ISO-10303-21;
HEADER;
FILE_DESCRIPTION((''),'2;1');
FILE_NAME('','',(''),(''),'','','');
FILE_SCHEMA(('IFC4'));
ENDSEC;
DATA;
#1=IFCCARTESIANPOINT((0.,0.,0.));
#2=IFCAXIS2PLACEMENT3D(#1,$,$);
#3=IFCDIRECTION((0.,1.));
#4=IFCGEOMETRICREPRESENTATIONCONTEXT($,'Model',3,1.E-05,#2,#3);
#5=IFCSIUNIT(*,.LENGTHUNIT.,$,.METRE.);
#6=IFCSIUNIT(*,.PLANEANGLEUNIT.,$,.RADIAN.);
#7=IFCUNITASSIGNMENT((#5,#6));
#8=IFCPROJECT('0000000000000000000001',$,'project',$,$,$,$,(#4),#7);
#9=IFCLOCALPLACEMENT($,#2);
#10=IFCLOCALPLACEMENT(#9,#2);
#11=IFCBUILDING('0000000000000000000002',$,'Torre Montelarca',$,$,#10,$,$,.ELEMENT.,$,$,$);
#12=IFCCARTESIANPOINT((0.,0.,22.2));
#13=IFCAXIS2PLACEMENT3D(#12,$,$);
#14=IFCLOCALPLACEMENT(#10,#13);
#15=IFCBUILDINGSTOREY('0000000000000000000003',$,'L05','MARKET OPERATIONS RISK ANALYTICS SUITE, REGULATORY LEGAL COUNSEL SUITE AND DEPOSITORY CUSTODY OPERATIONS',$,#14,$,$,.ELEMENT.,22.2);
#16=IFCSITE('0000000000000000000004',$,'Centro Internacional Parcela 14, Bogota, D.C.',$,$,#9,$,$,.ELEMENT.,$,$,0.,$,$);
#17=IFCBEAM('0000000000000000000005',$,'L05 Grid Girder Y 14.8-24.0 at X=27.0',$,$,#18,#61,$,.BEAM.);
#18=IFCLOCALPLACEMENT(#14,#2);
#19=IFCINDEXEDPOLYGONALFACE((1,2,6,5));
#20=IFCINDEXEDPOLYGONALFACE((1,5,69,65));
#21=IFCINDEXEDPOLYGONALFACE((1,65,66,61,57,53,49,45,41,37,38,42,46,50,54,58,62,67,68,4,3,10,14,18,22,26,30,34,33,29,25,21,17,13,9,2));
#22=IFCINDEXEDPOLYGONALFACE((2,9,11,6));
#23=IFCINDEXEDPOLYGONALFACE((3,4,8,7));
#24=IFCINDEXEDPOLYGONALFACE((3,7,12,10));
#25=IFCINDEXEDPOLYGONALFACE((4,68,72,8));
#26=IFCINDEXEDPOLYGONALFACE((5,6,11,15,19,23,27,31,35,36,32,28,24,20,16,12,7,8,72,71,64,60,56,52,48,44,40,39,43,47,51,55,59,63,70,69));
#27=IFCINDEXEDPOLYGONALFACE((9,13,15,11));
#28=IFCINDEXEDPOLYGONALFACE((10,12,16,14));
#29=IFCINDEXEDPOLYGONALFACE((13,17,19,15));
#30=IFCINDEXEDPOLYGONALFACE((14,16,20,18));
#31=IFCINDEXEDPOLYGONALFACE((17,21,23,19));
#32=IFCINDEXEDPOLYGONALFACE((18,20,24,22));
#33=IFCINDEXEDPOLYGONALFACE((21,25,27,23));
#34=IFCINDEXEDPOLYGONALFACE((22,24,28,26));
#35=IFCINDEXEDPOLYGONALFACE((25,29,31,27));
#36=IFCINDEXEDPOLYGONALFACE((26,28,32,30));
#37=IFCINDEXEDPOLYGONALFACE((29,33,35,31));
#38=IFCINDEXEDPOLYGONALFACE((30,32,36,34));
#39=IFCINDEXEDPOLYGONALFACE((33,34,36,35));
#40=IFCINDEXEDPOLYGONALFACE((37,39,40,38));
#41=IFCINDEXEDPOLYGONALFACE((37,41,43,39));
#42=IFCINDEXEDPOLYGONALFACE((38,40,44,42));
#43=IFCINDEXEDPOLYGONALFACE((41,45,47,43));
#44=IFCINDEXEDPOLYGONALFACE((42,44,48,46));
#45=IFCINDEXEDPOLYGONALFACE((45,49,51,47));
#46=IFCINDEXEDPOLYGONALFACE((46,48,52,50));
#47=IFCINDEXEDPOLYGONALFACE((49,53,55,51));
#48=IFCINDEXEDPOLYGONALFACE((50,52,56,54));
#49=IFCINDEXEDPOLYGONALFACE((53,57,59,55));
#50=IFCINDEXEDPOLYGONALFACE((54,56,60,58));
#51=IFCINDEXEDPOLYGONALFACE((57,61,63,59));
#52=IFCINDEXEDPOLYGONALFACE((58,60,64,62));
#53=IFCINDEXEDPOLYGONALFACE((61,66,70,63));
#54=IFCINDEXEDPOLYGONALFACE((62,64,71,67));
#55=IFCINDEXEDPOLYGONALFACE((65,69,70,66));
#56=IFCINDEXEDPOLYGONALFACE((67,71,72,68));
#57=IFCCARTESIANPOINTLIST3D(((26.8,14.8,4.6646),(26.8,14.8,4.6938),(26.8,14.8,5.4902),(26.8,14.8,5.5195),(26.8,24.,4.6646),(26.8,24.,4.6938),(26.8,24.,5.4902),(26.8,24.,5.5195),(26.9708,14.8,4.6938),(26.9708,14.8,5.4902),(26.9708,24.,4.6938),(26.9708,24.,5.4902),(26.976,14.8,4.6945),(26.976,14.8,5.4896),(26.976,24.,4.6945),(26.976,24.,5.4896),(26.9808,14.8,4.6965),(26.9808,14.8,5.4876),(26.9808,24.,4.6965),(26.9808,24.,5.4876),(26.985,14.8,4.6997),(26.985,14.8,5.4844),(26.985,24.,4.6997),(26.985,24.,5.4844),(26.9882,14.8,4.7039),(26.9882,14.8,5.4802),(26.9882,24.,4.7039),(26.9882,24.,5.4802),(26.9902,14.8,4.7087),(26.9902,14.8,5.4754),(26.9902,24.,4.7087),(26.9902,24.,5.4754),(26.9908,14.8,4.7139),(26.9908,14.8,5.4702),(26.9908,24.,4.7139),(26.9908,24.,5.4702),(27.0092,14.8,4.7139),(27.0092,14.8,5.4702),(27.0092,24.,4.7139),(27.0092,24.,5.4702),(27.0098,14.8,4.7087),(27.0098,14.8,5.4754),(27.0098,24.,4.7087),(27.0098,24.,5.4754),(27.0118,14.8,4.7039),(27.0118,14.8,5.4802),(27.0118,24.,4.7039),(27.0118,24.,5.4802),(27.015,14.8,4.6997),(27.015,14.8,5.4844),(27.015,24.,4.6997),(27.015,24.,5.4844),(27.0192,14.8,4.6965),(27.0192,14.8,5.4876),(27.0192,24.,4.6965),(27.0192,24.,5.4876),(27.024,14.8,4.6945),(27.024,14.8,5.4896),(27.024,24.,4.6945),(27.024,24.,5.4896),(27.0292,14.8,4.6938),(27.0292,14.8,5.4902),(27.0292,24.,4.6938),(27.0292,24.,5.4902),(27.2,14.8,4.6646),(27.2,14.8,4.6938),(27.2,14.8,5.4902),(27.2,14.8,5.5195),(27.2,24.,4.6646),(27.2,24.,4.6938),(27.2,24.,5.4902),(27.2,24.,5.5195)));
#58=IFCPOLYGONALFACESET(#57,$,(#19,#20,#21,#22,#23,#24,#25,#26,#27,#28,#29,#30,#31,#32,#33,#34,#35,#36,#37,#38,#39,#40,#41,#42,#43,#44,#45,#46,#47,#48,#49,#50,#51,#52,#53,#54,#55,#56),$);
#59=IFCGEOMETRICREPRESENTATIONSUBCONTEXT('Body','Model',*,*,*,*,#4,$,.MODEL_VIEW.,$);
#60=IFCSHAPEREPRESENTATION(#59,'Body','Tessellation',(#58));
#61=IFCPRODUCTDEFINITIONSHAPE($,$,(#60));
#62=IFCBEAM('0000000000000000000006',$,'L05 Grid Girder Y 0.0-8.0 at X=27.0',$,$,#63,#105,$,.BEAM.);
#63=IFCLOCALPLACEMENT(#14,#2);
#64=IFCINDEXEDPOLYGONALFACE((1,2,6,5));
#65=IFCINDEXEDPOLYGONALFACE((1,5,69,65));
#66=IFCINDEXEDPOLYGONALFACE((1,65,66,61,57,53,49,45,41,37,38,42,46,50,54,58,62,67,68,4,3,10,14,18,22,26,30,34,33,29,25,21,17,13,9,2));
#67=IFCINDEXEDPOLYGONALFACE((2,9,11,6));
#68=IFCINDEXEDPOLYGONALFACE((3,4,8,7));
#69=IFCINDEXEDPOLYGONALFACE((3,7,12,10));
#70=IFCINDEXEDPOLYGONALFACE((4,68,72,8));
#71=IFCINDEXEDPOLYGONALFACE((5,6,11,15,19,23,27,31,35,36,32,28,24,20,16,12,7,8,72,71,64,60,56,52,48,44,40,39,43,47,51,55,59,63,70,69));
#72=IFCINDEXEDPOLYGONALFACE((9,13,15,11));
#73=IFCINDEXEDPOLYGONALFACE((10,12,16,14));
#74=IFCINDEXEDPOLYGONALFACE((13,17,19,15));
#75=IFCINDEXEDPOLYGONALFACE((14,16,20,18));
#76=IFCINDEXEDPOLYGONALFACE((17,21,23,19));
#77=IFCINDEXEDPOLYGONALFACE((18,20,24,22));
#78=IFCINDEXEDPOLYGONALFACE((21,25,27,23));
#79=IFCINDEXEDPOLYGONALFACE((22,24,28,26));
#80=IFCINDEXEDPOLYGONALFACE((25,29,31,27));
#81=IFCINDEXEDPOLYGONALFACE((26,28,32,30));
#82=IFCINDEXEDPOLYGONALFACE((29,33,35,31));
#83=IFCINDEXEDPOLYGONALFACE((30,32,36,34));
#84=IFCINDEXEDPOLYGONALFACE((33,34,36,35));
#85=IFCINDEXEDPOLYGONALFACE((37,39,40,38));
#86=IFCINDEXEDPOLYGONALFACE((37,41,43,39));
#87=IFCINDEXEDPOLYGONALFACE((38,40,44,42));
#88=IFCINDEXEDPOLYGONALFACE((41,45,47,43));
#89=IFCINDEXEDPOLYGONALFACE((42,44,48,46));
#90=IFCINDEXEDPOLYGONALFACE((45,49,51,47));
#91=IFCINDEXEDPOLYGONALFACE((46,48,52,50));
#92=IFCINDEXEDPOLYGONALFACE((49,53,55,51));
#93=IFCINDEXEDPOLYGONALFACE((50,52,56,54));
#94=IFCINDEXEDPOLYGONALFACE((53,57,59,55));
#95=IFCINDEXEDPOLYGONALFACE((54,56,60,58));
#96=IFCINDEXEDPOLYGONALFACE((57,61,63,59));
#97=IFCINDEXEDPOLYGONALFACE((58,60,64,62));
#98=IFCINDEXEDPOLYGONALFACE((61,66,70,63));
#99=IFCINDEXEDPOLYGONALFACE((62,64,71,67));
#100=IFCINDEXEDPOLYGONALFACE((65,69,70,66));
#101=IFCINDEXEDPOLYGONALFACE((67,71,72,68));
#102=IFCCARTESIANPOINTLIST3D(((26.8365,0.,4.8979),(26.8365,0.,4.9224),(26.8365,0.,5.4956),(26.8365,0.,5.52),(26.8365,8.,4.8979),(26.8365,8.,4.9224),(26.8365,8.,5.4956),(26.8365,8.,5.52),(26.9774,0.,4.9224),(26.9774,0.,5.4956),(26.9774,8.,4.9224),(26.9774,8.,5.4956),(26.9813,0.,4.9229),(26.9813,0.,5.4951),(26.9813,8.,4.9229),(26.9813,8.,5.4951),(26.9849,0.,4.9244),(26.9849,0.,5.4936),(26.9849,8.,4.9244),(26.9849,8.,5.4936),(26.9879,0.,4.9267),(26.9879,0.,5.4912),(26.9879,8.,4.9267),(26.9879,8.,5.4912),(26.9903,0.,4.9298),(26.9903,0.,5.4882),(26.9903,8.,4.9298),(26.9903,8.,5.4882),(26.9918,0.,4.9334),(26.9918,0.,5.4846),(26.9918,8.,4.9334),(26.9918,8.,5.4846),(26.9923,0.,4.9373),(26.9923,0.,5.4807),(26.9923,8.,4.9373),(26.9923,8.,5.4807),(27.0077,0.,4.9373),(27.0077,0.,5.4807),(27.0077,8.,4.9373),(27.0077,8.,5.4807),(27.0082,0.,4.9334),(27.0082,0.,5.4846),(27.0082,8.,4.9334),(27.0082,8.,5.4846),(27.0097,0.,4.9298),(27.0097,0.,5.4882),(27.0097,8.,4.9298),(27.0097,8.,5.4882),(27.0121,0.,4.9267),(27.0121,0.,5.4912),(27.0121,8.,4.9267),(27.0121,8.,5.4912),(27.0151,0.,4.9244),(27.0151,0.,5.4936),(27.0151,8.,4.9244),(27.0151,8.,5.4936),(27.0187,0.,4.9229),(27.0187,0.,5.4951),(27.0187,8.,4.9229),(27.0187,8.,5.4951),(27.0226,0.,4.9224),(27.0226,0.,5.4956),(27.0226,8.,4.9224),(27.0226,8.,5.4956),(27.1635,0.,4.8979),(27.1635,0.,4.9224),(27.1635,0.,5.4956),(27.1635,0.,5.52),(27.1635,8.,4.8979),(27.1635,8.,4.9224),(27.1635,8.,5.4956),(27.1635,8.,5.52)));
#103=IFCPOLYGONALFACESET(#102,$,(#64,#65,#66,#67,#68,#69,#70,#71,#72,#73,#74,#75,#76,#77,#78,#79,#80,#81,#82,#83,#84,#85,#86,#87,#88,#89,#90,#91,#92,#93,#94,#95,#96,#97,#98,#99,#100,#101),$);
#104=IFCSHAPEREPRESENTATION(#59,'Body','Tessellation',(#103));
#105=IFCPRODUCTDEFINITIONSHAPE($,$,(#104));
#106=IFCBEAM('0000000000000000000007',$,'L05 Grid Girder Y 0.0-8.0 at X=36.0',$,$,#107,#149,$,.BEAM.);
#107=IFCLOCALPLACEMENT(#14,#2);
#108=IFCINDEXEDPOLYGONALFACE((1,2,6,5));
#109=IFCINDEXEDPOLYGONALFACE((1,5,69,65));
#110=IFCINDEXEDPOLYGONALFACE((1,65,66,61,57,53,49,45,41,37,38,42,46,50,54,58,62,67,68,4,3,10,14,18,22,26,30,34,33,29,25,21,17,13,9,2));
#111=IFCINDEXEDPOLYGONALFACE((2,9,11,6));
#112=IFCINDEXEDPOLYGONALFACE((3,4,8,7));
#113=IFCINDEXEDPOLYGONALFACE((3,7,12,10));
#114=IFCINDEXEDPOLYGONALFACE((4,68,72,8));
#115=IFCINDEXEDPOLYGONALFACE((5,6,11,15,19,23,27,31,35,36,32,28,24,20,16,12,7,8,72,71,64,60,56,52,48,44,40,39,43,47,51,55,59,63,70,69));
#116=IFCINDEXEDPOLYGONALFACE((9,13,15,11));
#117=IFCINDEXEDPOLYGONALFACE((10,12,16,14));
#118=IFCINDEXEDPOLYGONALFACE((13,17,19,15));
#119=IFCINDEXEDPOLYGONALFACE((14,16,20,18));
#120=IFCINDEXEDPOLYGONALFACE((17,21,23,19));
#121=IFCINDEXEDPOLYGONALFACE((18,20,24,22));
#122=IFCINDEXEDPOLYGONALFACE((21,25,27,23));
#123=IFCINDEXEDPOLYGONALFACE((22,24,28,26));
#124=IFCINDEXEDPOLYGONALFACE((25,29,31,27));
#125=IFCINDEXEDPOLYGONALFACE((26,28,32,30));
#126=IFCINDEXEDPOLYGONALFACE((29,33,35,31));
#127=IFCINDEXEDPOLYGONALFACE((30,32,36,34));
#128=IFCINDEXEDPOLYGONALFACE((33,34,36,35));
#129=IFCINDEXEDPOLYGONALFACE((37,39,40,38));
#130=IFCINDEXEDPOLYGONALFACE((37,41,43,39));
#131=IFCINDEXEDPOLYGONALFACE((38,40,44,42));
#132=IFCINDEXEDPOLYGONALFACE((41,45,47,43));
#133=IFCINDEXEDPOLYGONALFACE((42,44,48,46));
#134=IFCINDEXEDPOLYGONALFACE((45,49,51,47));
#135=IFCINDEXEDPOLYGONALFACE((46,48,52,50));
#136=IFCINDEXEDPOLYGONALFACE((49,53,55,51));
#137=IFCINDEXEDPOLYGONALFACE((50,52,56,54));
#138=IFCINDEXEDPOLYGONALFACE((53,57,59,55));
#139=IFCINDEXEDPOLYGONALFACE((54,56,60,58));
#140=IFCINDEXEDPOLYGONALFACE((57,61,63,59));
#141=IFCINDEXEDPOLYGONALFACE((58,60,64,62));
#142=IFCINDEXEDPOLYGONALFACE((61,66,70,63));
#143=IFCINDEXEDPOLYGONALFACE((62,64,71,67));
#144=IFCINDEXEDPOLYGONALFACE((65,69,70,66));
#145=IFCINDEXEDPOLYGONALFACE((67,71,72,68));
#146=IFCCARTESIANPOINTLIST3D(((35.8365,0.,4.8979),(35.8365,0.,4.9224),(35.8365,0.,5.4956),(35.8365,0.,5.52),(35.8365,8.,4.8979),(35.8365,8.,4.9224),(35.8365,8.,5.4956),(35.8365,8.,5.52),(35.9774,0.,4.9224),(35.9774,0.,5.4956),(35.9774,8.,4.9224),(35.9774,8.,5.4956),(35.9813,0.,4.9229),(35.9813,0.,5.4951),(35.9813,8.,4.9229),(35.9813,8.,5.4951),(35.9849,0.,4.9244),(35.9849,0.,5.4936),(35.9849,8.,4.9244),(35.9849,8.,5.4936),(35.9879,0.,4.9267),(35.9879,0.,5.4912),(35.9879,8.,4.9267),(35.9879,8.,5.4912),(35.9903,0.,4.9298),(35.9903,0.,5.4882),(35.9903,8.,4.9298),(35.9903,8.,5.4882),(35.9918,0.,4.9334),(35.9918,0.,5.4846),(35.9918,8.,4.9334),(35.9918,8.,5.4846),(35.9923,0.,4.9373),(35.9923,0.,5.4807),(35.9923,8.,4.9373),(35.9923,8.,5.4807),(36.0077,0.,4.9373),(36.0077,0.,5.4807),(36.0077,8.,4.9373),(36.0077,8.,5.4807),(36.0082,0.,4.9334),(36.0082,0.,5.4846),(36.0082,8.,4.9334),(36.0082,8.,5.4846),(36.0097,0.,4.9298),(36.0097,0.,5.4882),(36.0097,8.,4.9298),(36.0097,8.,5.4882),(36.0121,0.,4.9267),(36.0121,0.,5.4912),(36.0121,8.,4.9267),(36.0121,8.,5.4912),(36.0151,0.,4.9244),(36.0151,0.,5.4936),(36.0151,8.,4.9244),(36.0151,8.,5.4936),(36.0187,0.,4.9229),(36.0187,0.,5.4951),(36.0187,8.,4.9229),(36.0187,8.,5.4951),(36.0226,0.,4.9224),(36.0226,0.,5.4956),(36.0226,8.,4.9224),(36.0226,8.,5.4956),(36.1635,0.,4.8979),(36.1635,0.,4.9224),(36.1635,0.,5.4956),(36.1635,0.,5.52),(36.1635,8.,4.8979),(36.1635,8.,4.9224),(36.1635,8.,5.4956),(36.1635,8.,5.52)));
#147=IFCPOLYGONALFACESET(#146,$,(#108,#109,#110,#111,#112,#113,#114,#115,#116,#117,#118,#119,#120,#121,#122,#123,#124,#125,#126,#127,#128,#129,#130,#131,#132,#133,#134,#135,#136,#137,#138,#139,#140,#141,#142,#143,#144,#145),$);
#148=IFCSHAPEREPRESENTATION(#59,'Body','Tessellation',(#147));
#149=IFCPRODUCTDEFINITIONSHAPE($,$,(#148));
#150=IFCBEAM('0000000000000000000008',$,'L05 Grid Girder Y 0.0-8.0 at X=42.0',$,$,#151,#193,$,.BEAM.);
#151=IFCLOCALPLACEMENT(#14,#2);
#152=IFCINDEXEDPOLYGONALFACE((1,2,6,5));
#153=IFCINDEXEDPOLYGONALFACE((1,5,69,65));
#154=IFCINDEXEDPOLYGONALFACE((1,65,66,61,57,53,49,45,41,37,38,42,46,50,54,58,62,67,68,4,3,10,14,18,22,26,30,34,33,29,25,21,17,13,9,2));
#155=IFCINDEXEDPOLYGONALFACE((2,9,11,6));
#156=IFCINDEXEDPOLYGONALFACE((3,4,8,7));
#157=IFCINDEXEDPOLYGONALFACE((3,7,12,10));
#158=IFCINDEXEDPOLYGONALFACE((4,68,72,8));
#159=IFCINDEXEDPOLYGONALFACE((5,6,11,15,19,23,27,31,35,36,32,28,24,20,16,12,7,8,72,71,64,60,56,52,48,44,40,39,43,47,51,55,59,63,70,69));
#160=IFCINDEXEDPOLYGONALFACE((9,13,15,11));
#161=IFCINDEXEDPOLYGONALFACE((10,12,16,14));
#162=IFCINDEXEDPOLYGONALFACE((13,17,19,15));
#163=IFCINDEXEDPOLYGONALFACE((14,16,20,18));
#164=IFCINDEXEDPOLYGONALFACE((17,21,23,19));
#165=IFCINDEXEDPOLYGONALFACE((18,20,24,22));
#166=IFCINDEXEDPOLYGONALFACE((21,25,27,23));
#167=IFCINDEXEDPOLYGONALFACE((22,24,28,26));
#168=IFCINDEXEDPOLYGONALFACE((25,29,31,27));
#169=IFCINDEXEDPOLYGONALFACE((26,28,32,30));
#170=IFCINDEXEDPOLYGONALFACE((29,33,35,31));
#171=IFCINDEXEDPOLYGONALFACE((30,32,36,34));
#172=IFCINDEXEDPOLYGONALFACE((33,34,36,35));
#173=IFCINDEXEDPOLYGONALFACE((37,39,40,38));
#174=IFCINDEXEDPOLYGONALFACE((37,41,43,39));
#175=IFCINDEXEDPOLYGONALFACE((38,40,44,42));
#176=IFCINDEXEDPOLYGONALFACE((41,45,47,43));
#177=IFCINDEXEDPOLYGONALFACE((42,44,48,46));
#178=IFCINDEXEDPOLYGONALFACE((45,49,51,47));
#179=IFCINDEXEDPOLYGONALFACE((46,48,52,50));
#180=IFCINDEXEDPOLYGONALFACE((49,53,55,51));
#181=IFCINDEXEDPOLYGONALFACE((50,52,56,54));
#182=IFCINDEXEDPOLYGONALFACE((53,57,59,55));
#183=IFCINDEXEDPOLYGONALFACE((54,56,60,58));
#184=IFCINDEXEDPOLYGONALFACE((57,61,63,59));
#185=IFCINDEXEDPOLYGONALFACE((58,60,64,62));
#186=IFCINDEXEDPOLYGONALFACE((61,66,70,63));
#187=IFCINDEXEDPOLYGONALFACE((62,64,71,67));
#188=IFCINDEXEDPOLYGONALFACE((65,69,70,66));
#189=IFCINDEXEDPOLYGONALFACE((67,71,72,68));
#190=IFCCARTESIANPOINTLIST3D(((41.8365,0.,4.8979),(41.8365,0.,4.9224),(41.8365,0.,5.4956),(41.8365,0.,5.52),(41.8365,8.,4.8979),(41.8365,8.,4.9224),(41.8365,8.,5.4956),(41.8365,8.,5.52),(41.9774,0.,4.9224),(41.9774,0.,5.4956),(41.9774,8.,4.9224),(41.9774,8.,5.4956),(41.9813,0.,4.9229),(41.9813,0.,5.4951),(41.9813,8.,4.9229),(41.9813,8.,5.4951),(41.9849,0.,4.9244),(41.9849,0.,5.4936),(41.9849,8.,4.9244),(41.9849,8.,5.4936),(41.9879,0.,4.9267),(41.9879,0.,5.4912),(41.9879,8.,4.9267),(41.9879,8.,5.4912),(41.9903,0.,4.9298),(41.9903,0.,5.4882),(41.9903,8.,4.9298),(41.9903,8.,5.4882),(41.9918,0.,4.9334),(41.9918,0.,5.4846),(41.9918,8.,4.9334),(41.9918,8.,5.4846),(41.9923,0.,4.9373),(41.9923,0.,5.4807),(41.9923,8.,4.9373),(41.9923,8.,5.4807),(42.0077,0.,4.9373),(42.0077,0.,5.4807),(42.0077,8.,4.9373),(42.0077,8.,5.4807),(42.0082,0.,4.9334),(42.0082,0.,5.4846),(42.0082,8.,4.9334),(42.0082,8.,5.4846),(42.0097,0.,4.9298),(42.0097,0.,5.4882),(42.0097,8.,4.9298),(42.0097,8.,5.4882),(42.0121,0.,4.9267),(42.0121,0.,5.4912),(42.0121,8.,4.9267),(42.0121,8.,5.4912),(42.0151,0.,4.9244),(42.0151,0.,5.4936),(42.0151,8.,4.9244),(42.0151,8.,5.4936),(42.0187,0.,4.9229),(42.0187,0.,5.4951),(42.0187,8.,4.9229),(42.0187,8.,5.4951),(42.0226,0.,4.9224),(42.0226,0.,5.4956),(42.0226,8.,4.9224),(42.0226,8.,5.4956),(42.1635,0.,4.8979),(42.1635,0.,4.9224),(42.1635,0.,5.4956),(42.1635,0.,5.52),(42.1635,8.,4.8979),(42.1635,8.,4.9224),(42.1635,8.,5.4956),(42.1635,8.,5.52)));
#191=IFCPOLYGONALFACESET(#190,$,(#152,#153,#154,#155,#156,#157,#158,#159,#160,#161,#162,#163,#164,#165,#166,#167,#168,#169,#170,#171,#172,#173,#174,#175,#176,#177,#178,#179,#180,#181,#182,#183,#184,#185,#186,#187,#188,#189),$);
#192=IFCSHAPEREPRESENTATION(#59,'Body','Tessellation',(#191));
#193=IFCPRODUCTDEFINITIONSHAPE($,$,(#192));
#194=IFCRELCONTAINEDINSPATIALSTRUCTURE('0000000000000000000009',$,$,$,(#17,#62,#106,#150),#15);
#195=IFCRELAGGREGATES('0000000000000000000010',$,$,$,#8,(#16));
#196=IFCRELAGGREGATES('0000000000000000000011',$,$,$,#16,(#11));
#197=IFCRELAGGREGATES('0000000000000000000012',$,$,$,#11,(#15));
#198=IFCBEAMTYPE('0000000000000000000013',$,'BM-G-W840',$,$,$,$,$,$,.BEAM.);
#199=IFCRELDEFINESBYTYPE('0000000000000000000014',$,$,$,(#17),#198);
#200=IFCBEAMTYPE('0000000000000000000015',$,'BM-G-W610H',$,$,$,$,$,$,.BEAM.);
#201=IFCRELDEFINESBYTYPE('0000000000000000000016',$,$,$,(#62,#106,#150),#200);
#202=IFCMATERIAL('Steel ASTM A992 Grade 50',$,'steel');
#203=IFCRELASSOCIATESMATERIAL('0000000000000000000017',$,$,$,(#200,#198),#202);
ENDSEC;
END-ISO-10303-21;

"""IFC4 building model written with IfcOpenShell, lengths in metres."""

from ifc_helpers import new_model, si_unit, direction, frame, origin, origin_2d, place, context, subcontext, project, spatial, i_section, extrude, source, transform, mapped, material, material_profile, profile_set, type_object, element, save


model = new_model("IFC4")

# Units and contexts
model_context = context("Model", 3, precision=1e-05, world=origin(), true_north=direction((0.0, 1.0)))
body_context = subcontext(model_context, "Body", "Model", "MODEL_VIEW")
ifc_project = project(units=[si_unit("LENGTHUNIT", "METRE"), si_unit("PLANEANGLEUNIT", "RADIAN")], contexts=[model_context])

# Site, building, storey
site_placement = place(None, origin())
site = spatial("IfcSite", under=ifc_project, at=site_placement, Name="Centro Internacional Parcela 14, Bogota, D.C.", CompositionType="ELEMENT", RefElevation=0.0)
building_placement = place(site_placement, origin())
building = spatial("IfcBuilding", under=site, at=building_placement, Name="Torre Montelarca", CompositionType="ELEMENT")
storey_placement = place(building_placement, frame((0.0, 0.0, 22.2)))
storey = spatial("IfcBuildingStorey", under=building, at=storey_placement, Name="L05", Description="MARKET OPERATIONS RISK ANALYTICS SUITE, REGULATORY LEGAL COUNSEL SUITE AND DEPOSITORY CUSTODY OPERATIONS", CompositionType="ELEMENT", Elevation=22.2)

# Beams
ifc_material_1 = material(Name="Steel ASTM A992 Grade 50", Category="steel")
ifc_material_profile_1 = material_profile(ifc_material_1, i_section(OverallWidth=0.3269, OverallDepth=0.6221, WebThickness=0.0154, FlangeThickness=0.0244, FilletRadius=0.0149, at=origin_2d()), Name="W610X195", Category="steel")
ifc_profile_set_1 = profile_set([ifc_material_profile_1], Name="Steel ASTM A992 Grade 50")
beam_type_1 = type_object("IfcBeamType", Name="BM-G-W610H", PredefinedType="BEAM", material=ifc_profile_set_1)
ifc_material_profile_2 = material_profile(ifc_material_1, i_section(OverallWidth=0.3999, OverallDepth=0.855, WebThickness=0.0183, FlangeThickness=0.0293, FilletRadius=0.02, at=origin_2d()), Name="W840X299", Category="steel")
ifc_profile_set_2 = profile_set([ifc_material_profile_2], Name="Steel ASTM A992 Grade 50")
beam_type_2 = type_object("IfcBeamType", Name="BM-G-W840", PredefinedType="BEAM", material=ifc_profile_set_2)
shared_shape_1 = source(origin(), body_context, "Body", "SweptSolid", [
    extrude(i_section(OverallWidth=0.3999, OverallDepth=0.855, WebThickness=0.0183, FlangeThickness=0.0293, FilletRadius=0.02, at=origin_2d()), origin(), (0.0, 0.0, 1.0), 9.2),
])
beam_1_placement = place(storey_placement, frame((27.0, 14.8, 5.092), z_axis=(0.0, 1.0, 0.0), x_axis=(-1.0, 0.0, 0.0)))
element("IfcBeam", 1, at=beam_1_placement, inside=storey, type_object=beam_type_2, Name="L05 Grid Girder Y 14.8-24.0 at X=27.0", PredefinedType="BEAM", context=body_context, shape_type="MappedRepresentation", body=[
    mapped(shared_shape_1, transform((0.0, 0.0, 0.0), scale=1.0)),
])
shared_shape_2 = source(origin(), body_context, "Body", "SweptSolid", [
    extrude(i_section(OverallWidth=0.3269, OverallDepth=0.6221, WebThickness=0.0154, FlangeThickness=0.0244, FilletRadius=0.0149, at=origin_2d()), origin(), (0.0, 0.0, 1.0), 8.0),
])
for number, where, z_axis, x_axis, name in (
    (2, (27.0, 0.0, 5.209), (0.0, 1.0, 0.0), (-1.0, 0.0, 0.0), "L05 Grid Girder Y 0.0-8.0 at X=27.0"),
    (3, (36.0, 0.0, 5.209), (0.0, 1.0, 0.0), (-1.0, 0.0, 0.0), "L05 Grid Girder Y 0.0-8.0 at X=36.0"),
    (4, (42.0, 0.0, 5.209), (0.0, 1.0, 0.0), (-1.0, 0.0, 0.0), "L05 Grid Girder Y 0.0-8.0 at X=42.0"),
):
    element("IfcBeam", number, at=place(storey_placement, frame(where, z_axis=z_axis, x_axis=x_axis)), inside=storey, type_object=beam_type_1, Name=name, PredefinedType="BEAM", context=body_context, shape_type="MappedRepresentation", body=[
        mapped(shared_shape_2, transform((0.0, 0.0, 0.0), scale=1.0)),
    ])

save(model, "model.ifc")
